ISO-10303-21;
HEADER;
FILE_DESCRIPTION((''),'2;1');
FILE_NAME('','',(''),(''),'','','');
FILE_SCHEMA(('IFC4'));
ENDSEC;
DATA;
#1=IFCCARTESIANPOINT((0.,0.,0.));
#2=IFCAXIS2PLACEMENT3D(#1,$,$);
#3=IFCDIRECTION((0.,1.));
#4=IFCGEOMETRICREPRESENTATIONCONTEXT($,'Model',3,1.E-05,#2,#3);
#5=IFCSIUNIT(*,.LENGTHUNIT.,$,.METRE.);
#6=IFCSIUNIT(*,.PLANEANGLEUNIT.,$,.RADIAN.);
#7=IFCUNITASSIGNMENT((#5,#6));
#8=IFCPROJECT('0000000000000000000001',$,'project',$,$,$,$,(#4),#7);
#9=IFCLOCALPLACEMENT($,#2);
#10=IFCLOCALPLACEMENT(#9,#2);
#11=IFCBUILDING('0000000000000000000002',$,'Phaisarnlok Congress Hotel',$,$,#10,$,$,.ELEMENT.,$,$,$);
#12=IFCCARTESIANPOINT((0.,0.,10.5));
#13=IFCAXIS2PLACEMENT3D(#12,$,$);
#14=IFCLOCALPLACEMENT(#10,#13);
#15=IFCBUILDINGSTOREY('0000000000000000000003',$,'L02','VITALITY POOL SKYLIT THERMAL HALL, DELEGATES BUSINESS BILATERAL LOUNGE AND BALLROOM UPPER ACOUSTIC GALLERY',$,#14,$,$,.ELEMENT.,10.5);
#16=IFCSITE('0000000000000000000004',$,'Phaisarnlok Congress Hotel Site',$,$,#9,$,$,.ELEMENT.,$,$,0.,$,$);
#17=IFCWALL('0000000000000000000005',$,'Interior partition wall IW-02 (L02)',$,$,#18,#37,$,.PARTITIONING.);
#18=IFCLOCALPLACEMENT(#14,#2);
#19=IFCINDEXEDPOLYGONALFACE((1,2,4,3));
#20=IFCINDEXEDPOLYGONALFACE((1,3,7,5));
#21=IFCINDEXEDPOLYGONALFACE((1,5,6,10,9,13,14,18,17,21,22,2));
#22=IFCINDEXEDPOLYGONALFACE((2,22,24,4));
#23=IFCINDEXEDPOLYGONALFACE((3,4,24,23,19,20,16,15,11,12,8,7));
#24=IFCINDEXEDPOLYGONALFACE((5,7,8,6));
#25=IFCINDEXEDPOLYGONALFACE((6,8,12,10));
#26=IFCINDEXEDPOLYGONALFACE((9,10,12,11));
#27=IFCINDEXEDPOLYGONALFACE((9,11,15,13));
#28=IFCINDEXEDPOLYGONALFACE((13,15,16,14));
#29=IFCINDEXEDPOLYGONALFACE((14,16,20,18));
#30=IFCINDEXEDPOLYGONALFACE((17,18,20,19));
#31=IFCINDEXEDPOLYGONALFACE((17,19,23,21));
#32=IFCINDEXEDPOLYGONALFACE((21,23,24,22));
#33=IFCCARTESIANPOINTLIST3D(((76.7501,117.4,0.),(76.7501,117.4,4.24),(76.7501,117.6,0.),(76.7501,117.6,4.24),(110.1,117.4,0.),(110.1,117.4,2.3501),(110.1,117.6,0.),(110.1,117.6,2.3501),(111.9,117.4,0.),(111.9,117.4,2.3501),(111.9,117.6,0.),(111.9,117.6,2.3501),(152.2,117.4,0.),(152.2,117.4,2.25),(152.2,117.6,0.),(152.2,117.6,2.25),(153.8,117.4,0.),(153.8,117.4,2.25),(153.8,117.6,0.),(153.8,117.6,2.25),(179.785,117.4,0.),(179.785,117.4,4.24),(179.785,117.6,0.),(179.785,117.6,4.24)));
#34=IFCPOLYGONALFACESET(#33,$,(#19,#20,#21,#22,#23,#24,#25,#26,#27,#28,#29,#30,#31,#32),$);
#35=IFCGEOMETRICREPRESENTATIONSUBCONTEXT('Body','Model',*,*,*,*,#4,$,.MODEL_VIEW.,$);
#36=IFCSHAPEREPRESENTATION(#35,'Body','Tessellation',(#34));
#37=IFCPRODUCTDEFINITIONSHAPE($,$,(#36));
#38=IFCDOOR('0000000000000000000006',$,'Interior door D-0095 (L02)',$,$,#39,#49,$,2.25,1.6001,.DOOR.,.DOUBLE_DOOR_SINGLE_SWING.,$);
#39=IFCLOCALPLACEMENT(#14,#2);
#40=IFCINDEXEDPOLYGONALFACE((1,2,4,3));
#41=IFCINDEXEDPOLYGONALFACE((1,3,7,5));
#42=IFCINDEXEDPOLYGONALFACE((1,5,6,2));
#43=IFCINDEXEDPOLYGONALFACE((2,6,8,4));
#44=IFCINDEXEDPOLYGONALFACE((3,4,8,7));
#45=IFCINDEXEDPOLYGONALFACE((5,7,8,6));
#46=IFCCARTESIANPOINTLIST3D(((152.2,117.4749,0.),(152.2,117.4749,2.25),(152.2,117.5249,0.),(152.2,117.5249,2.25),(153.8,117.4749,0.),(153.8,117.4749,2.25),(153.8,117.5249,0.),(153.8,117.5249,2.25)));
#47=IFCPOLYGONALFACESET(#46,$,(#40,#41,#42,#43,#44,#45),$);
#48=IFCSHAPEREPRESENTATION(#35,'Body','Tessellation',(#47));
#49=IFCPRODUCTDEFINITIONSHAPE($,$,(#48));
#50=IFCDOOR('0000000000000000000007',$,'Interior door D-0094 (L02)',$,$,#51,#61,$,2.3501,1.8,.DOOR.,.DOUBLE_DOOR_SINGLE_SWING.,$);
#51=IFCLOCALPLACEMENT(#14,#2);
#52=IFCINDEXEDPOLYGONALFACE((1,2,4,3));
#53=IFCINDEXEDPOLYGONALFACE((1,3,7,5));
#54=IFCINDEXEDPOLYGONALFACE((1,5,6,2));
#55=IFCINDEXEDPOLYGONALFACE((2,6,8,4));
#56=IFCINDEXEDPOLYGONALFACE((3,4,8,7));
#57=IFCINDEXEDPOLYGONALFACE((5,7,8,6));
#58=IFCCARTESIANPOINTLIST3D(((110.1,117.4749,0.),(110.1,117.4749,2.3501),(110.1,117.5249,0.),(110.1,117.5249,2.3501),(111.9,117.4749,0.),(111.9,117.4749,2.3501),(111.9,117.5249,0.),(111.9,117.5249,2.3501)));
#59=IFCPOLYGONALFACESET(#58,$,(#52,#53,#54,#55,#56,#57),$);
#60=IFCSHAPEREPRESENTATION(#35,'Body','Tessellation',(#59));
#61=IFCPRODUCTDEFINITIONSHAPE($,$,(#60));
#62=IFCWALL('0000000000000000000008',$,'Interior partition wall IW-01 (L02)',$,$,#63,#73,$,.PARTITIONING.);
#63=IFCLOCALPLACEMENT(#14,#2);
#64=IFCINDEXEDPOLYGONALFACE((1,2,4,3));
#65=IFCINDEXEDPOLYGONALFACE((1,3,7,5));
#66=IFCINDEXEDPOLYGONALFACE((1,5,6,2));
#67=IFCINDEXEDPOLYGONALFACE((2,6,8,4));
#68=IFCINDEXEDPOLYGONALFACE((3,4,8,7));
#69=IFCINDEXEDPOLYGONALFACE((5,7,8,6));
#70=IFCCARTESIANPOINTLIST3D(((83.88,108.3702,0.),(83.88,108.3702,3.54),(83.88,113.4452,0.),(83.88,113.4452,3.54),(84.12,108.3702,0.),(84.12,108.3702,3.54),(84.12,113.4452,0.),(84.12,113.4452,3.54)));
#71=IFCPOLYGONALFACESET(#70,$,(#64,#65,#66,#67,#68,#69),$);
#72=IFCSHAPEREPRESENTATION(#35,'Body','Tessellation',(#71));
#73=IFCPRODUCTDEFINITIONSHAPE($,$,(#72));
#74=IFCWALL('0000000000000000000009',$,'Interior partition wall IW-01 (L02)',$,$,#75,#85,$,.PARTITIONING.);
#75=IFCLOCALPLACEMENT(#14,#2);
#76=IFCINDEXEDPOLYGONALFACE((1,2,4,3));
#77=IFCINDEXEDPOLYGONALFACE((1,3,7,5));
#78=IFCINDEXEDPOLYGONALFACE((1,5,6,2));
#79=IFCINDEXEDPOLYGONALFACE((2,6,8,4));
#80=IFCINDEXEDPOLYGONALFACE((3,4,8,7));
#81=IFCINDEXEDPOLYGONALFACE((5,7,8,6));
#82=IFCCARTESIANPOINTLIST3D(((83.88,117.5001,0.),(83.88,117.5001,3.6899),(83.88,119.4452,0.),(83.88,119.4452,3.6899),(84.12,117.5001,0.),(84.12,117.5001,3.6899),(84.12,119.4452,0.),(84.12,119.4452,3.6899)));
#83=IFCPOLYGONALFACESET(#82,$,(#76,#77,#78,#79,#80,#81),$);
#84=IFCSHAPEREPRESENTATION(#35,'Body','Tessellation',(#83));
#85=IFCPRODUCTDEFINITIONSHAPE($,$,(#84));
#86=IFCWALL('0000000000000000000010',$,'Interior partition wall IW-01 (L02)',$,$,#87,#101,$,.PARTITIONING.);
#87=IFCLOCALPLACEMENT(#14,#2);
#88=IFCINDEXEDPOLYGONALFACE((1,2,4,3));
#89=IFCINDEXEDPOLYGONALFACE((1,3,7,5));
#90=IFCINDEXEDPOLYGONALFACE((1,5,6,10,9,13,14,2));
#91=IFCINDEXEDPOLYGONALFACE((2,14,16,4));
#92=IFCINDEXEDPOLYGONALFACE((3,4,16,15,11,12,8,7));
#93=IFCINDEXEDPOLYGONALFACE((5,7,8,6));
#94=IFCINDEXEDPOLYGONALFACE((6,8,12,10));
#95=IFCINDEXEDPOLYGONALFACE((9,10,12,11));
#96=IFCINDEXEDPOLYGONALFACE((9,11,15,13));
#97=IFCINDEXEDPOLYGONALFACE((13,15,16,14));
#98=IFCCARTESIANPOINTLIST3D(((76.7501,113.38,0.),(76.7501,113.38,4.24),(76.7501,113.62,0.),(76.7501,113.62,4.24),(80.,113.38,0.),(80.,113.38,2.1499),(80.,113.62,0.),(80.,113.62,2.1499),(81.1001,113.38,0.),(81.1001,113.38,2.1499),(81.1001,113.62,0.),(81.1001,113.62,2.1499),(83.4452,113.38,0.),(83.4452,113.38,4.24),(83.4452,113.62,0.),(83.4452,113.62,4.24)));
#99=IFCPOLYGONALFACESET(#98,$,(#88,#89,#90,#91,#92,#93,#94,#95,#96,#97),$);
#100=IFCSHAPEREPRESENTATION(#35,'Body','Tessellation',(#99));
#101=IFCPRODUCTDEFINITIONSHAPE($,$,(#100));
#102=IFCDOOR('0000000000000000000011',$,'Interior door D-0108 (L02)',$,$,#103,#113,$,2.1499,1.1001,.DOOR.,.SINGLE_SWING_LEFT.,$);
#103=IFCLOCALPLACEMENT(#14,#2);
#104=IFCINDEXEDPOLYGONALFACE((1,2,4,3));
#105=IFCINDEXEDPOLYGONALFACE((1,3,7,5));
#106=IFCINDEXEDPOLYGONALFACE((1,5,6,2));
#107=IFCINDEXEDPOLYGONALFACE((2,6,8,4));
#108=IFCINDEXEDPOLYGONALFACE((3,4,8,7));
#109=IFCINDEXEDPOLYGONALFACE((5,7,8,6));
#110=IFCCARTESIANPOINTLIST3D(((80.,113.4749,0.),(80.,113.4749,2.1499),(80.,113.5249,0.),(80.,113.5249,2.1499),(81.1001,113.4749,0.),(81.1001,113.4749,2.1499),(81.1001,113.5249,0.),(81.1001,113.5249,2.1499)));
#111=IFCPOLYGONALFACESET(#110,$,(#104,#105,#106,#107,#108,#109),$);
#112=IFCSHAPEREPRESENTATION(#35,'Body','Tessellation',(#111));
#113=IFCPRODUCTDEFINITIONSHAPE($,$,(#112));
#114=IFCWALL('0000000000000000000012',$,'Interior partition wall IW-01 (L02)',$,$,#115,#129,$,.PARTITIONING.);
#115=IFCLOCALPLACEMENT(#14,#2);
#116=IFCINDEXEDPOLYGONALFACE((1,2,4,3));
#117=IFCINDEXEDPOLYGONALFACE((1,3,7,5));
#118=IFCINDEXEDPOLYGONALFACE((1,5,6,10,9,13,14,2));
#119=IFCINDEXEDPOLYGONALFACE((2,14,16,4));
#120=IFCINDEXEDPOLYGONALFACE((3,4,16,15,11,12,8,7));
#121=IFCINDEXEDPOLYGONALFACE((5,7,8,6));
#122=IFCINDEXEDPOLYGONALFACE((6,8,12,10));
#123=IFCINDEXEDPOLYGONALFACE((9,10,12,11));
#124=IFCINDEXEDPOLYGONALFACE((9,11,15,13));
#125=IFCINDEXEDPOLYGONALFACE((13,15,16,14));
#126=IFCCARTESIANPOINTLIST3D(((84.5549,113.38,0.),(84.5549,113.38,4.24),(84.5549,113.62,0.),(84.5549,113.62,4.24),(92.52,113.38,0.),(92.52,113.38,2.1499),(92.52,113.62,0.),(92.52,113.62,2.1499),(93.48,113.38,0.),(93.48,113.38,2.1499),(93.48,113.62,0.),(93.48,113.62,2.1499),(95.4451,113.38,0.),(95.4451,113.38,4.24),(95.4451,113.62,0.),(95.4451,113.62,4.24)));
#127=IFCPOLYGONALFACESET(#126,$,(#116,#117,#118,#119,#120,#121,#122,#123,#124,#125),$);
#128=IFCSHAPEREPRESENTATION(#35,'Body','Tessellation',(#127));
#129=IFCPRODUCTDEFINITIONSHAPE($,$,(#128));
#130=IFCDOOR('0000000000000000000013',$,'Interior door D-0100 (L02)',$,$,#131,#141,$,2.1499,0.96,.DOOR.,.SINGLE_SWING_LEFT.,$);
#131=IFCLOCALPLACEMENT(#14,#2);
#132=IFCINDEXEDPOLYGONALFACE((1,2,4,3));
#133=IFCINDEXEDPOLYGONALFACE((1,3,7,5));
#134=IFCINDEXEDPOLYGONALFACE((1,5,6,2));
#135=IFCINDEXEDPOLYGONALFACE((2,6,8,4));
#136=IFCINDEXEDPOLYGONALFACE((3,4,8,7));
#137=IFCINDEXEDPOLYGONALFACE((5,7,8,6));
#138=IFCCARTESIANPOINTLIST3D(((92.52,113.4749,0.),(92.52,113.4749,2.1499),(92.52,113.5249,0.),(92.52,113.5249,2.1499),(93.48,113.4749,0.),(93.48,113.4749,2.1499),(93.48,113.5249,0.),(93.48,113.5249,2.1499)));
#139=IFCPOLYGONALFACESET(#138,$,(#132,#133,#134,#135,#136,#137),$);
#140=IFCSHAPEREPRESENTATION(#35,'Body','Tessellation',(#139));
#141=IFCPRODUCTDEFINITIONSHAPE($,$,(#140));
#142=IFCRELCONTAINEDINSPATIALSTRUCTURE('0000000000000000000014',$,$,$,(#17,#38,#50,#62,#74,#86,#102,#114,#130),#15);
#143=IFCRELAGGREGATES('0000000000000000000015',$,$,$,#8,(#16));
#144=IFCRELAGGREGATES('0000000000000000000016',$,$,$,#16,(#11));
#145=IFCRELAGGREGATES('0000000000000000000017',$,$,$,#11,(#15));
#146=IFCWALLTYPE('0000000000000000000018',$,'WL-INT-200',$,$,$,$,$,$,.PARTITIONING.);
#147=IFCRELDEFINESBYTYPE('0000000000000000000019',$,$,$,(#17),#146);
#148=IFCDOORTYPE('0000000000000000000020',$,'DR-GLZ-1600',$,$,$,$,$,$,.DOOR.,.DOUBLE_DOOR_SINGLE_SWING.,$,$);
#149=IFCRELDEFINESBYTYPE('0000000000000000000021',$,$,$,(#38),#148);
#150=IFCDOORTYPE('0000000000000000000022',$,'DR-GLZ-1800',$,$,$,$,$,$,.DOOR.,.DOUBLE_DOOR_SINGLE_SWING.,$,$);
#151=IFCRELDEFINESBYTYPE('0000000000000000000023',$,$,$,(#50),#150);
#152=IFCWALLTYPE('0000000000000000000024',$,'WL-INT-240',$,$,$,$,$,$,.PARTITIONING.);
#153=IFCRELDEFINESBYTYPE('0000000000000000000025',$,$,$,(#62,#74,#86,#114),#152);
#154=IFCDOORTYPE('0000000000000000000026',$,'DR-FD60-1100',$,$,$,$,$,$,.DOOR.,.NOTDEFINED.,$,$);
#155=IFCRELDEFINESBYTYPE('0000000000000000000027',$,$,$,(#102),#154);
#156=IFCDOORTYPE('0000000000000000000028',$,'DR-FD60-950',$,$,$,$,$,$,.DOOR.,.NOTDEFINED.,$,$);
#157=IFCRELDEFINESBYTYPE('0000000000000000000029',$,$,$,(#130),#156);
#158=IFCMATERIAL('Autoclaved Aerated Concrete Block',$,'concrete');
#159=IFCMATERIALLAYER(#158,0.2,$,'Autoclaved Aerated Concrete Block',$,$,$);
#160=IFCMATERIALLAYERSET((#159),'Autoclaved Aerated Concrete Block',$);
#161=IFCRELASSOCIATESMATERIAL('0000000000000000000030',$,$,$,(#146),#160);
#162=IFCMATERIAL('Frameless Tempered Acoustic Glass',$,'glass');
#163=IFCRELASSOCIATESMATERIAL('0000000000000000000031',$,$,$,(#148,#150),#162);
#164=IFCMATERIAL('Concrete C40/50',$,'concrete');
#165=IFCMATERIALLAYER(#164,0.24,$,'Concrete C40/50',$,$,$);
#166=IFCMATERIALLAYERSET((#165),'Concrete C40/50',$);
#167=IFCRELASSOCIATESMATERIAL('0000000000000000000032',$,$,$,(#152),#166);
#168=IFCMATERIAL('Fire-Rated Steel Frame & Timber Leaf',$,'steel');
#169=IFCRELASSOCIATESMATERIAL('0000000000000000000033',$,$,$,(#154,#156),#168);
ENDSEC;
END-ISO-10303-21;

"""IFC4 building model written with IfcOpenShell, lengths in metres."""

from ifc_helpers import new_model, si_unit, direction, frame, frame_2d, origin, place, context, subcontext, project, spatial, rectangle, extrude, material, layer, layer_set, type_object, element, fill, save


model = new_model("IFC4")

# Units and contexts
model_context = context("Model", 3, precision=1e-05, world=origin(), true_north=direction((0.0, 1.0)))
body_context = subcontext(model_context, "Body", "Model", "MODEL_VIEW")
ifc_project = project(units=[si_unit("LENGTHUNIT", "METRE"), si_unit("PLANEANGLEUNIT", "RADIAN")], contexts=[model_context])

# Site, building, storey
site_placement = place(None, origin())
site = spatial("IfcSite", under=ifc_project, at=site_placement, Name="Phaisarnlok Congress Hotel Site", CompositionType="ELEMENT", RefElevation=0.0)
building_placement = place(site_placement, origin())
building = spatial("IfcBuilding", under=site, at=building_placement, Name="Phaisarnlok Congress Hotel", CompositionType="ELEMENT")
storey_placement = place(building_placement, frame((0.0, 0.0, 10.5)))
storey = spatial("IfcBuildingStorey", under=building, at=storey_placement, Name="L02", Description="VITALITY POOL SKYLIT THERMAL HALL, DELEGATES BUSINESS BILATERAL LOUNGE AND BALLROOM UPPER ACOUSTIC GALLERY", CompositionType="ELEMENT", Elevation=10.5)

# Shared definitions
ifc_material_1 = material(Name="Concrete C40/50", Category="concrete")

# Wall, openings, doors
ifc_material_2 = material(Name="Autoclaved Aerated Concrete Block", Category="concrete")
ifc_layer_1 = layer(ifc_material_2, 0.2, Name="Autoclaved Aerated Concrete Block")
ifc_layer_set_1 = layer_set([ifc_layer_1], Name="Autoclaved Aerated Concrete Block")
wall_type_1 = type_object("IfcWallType", Name="WL-INT-200", PredefinedType="PARTITIONING", material=ifc_layer_set_1)
wall_1_placement = place(storey_placement, frame((76.75, 117.5, 0.0), z_axis=(0.0, 0.0, 1.0), x_axis=(1.0, 0.0, 0.0)))
wall_1 = element("IfcWall", 1, at=wall_1_placement, inside=storey, type_object=wall_type_1, Name="Interior partition wall IW-02 (L02)", PredefinedType="PARTITIONING", context=body_context, shape_type="SweptSolid", body=[
    extrude(rectangle(XDim=103.0349, YDim=0.2, at=frame_2d((51.5176, 0.0))), origin(), (0.0, 0.0, 1.0), 4.24),
])
opening_1_placement = place(wall_1_placement, frame((33.3501, 0.0, 0.0)))
opening_1 = element("IfcOpeningElement", 2, at=opening_1_placement, cuts=wall_1, PredefinedType="OPENING", context=body_context, shape_type="SweptSolid", body=[
    extrude(rectangle(XDim=1.8, YDim=2.3501, at=frame_2d((0.8999, 1.175))), frame((0.0, 0.1099, 0.0), z_axis=(0.0, -1.0, 0.0), x_axis=(1.0, 0.0, 0.0)), (0.0, 0.0, 1.0), 0.22),
])
opening_2_placement = place(wall_1_placement, frame((75.45, 0.0, 0.0)))
opening_2 = element("IfcOpeningElement", 3, at=opening_2_placement, cuts=wall_1, PredefinedType="OPENING", context=body_context, shape_type="SweptSolid", body=[
    extrude(rectangle(XDim=1.6001, YDim=2.25, at=frame_2d((0.8, 1.125))), frame((0.0, 0.1099, 0.0), z_axis=(0.0, -1.0, 0.0), x_axis=(1.0, 0.0, 0.0)), (0.0, 0.0, 1.0), 0.22),
])
ifc_material_3 = material(Name="Frameless Tempered Acoustic Glass", Category="glass")
door_type_1 = type_object("IfcDoorType", Name="DR-GLZ-1600", OperationType="DOUBLE_DOOR_SINGLE_SWING", PredefinedType="DOOR", material=ifc_material_3)
door_1_placement = place(opening_2_placement, origin())
door_1 = element("IfcDoor", 4, at=door_1_placement, inside=storey, type_object=door_type_1, Name="Interior door D-0095 (L02)", OperationType="DOUBLE_DOOR_SINGLE_SWING", OverallHeight=2.25, OverallWidth=1.6001, PredefinedType="DOOR", context=body_context, shape_type="SweptSolid", body=[
    extrude(rectangle(XDim=1.6001, YDim=2.25, at=frame_2d((0.8, 1.125))), frame((0.0, 0.0249, 0.0), z_axis=(0.0, -1.0, 0.0), x_axis=(1.0, 0.0, 0.0)), (0.0, 0.0, 1.0), 0.05),
])
fill(opening_2, door_1)
door_type_2 = type_object("IfcDoorType", Name="DR-GLZ-1800", OperationType="DOUBLE_DOOR_SINGLE_SWING", PredefinedType="DOOR", material=ifc_material_3)
door_2_placement = place(opening_1_placement, origin())
door_2 = element("IfcDoor", 5, at=door_2_placement, inside=storey, type_object=door_type_2, Name="Interior door D-0094 (L02)", OperationType="DOUBLE_DOOR_SINGLE_SWING", OverallHeight=2.3501, OverallWidth=1.8, PredefinedType="DOOR", context=body_context, shape_type="SweptSolid", body=[
    extrude(rectangle(XDim=1.8, YDim=2.3501, at=frame_2d((0.8999, 1.175))), frame((0.0, 0.0249, 0.0), z_axis=(0.0, -1.0, 0.0), x_axis=(1.0, 0.0, 0.0)), (0.0, 0.0, 1.0), 0.05),
])
fill(opening_1, door_2)

# Walls
ifc_layer_2 = layer(ifc_material_1, 0.24, Name="Concrete C40/50")
ifc_layer_set_2 = layer_set([ifc_layer_2], Name="Concrete C40/50")
wall_type_2 = type_object("IfcWallType", Name="WL-INT-240", PredefinedType="PARTITIONING", material=ifc_layer_set_2)
wall_2_placement = place(storey_placement, frame((84.0, 108.3701, 0.0), z_axis=(0.0, 0.0, 1.0), x_axis=(0.0, 1.0, 0.0)))
element("IfcWall", 6, at=wall_2_placement, inside=storey, type_object=wall_type_2, Name="Interior partition wall IW-01 (L02)", PredefinedType="PARTITIONING", context=body_context, shape_type="SweptSolid", body=[
    extrude(rectangle(XDim=5.075, YDim=0.24, at=frame_2d((2.5376, 0.0))), origin(), (0.0, 0.0, 1.0), 3.54),
])
wall_3_placement = place(storey_placement, frame((84.0, 117.5, 0.0), z_axis=(0.0, 0.0, 1.0), x_axis=(0.0, 1.0, 0.0)))
element("IfcWall", 7, at=wall_3_placement, inside=storey, type_object=wall_type_2, Name="Interior partition wall IW-01 (L02)", PredefinedType="PARTITIONING", context=body_context, shape_type="SweptSolid", body=[
    extrude(rectangle(XDim=1.9451, YDim=0.24, at=frame_2d((0.9727, 0.0))), origin(), (0.0, 0.0, 1.0), 3.6899),
])

# Walls, openings, doors
wall_4_placement = place(storey_placement, frame((76.75, 113.5, 0.0), z_axis=(0.0, 0.0, 1.0), x_axis=(1.0, 0.0, 0.0)))
wall_4 = element("IfcWall", 8, at=wall_4_placement, inside=storey, type_object=wall_type_2, Name="Interior partition wall IW-01 (L02)", PredefinedType="PARTITIONING", context=body_context, shape_type="SweptSolid", body=[
    extrude(rectangle(XDim=6.6951, YDim=0.24, at=frame_2d((3.3477, 0.0))), origin(), (0.0, 0.0, 1.0), 4.24),
])
opening_3_placement = place(wall_4_placement, frame((3.25, 0.0, 0.0)))
opening_3 = element("IfcOpeningElement", 9, at=opening_3_placement, cuts=wall_4, PredefinedType="OPENING", context=body_context, shape_type="SweptSolid", body=[
    extrude(rectangle(XDim=1.1001, YDim=2.1499, at=frame_2d((0.55, 1.075))), frame((0.0, 0.1299, 0.0), z_axis=(0.0, -1.0, 0.0), x_axis=(1.0, 0.0, 0.0)), (0.0, 0.0, 1.0), 0.26),
])
ifc_material_4 = material(Name="Fire-Rated Steel Frame & Timber Leaf", Category="steel")
door_type_3 = type_object("IfcDoorType", Name="DR-FD60-1100", OperationType="NOTDEFINED", PredefinedType="DOOR", material=ifc_material_4)
door_3_placement = place(opening_3_placement, origin())
door_3 = element("IfcDoor", 10, at=door_3_placement, inside=storey, type_object=door_type_3, Name="Interior door D-0108 (L02)", OperationType="SINGLE_SWING_LEFT", OverallHeight=2.1499, OverallWidth=1.1001, PredefinedType="DOOR", context=body_context, shape_type="SweptSolid", body=[
    extrude(rectangle(XDim=1.1001, YDim=2.1499, at=frame_2d((0.55, 1.075))), frame((0.0, 0.0249, 0.0), z_axis=(0.0, -1.0, 0.0), x_axis=(1.0, 0.0, 0.0)), (0.0, 0.0, 1.0), 0.05),
])
fill(opening_3, door_3)
wall_5_placement = place(storey_placement, frame((84.5549, 113.5, 0.0), z_axis=(0.0, 0.0, 1.0), x_axis=(1.0, 0.0, 0.0)))
wall_5 = element("IfcWall", 11, at=wall_5_placement, inside=storey, type_object=wall_type_2, Name="Interior partition wall IW-01 (L02)", PredefinedType="PARTITIONING", context=body_context, shape_type="SweptSolid", body=[
    extrude(rectangle(XDim=10.8901, YDim=0.24, at=frame_2d((5.4451, 0.0))), origin(), (0.0, 0.0, 1.0), 4.24),
])
opening_4_placement = place(wall_5_placement, frame((7.9651, 0.0, 0.0)))
opening_4 = element("IfcOpeningElement", 12, at=opening_4_placement, cuts=wall_5, PredefinedType="OPENING", context=body_context, shape_type="SweptSolid", body=[
    extrude(rectangle(XDim=0.96, YDim=2.1499, at=frame_2d((0.48, 1.075))), frame((0.0, 0.1299, 0.0), z_axis=(0.0, -1.0, 0.0), x_axis=(1.0, 0.0, 0.0)), (0.0, 0.0, 1.0), 0.26),
])
door_type_4 = type_object("IfcDoorType", Name="DR-FD60-950", OperationType="NOTDEFINED", PredefinedType="DOOR", material=ifc_material_4)
door_4_placement = place(opening_4_placement, origin())
door_4 = element("IfcDoor", 13, at=door_4_placement, inside=storey, type_object=door_type_4, Name="Interior door D-0100 (L02)", OperationType="SINGLE_SWING_LEFT", OverallHeight=2.1499, OverallWidth=0.96, PredefinedType="DOOR", context=body_context, shape_type="SweptSolid", body=[
    extrude(rectangle(XDim=0.96, YDim=2.1499, at=frame_2d((0.48, 1.075))), frame((0.0, 0.0249, 0.0), z_axis=(0.0, -1.0, 0.0), x_axis=(1.0, 0.0, 0.0)), (0.0, 0.0, 1.0), 0.05),
])
fill(opening_4, door_4)

save(model, "model.ifc")
